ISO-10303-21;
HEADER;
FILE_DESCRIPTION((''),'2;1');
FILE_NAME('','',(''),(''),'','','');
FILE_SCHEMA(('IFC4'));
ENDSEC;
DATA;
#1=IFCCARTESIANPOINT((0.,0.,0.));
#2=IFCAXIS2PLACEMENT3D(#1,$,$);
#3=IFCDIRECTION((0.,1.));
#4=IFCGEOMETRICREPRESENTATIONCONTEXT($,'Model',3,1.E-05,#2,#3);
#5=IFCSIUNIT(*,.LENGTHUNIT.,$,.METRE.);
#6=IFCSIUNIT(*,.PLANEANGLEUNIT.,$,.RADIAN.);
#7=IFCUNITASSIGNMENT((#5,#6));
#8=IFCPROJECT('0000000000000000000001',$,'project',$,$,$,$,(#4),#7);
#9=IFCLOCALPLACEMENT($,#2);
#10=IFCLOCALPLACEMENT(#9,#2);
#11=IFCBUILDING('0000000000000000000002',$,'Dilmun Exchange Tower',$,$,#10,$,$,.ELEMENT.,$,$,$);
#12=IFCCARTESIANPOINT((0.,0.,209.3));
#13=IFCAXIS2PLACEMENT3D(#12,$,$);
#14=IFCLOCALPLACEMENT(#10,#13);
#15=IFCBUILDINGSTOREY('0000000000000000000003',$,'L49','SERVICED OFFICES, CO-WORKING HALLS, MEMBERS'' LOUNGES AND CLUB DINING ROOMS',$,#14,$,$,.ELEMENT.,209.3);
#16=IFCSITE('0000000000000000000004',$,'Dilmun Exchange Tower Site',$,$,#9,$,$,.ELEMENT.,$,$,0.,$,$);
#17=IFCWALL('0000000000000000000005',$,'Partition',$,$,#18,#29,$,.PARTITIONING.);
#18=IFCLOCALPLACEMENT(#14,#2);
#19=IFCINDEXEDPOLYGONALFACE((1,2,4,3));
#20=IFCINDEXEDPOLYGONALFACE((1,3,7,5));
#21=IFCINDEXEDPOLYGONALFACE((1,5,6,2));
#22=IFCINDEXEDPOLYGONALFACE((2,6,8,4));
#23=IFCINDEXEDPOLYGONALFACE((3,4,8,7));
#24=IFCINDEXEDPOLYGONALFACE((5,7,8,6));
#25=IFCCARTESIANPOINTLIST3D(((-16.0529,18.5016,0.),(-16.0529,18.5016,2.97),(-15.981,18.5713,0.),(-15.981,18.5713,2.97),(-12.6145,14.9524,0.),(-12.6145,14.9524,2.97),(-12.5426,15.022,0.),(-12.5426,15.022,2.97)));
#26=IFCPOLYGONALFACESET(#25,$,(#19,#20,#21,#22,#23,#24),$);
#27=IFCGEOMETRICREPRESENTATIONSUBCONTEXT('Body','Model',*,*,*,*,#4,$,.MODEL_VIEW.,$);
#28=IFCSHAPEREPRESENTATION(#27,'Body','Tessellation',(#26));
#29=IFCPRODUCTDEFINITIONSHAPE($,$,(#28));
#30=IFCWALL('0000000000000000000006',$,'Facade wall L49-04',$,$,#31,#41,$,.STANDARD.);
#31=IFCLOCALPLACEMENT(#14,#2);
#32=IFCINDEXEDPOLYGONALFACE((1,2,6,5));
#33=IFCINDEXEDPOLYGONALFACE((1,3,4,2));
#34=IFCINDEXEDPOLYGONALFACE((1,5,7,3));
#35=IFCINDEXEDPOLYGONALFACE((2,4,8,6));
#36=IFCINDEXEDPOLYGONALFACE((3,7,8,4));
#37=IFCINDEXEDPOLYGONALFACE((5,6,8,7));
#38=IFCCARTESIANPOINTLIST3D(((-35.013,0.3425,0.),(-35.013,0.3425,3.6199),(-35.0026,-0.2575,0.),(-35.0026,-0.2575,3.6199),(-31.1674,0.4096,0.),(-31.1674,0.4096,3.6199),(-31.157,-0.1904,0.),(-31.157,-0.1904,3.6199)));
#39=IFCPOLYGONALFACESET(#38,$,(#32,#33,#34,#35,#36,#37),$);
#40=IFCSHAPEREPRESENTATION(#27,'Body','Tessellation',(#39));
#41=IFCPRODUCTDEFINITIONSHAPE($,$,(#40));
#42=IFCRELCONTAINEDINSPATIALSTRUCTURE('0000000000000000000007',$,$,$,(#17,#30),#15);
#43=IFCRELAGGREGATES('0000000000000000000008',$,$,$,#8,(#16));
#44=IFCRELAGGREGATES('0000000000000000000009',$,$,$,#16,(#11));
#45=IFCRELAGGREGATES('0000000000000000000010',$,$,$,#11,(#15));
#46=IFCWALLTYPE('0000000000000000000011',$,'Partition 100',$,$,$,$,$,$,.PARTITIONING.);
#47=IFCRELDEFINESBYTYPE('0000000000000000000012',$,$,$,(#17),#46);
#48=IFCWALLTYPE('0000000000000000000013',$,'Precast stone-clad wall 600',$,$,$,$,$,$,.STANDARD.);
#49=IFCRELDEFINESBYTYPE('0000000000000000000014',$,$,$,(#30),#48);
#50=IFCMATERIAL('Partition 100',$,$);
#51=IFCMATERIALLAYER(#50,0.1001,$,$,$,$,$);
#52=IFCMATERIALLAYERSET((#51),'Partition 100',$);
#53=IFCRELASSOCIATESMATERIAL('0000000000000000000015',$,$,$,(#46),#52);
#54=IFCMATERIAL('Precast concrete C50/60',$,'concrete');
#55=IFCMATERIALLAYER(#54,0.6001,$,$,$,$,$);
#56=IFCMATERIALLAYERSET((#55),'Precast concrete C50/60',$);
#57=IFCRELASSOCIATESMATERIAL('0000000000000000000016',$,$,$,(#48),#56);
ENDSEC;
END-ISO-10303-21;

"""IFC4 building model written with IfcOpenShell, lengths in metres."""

from ifc_helpers import new_model, si_unit, direction, frame, frame_2d, origin, place, context, subcontext, project, spatial, rectangle, extrude, material, layer, layer_set, type_object, element, save


model = new_model("IFC4")

# Units and contexts
model_context = context("Model", 3, precision=1e-05, world=origin(), true_north=direction((0.0, 1.0)))
body_context = subcontext(model_context, "Body", "Model", "MODEL_VIEW")
ifc_project = project(units=[si_unit("LENGTHUNIT", "METRE"), si_unit("PLANEANGLEUNIT", "RADIAN")], contexts=[model_context])

# Site, building, storey
site_placement = place(None, origin())
site = spatial("IfcSite", under=ifc_project, at=site_placement, Name="Dilmun Exchange Tower Site", CompositionType="ELEMENT", RefElevation=0.0)
building_placement = place(site_placement, origin())
building = spatial("IfcBuilding", under=site, at=building_placement, Name="Dilmun Exchange Tower", CompositionType="ELEMENT")
storey_placement = place(building_placement, frame((0.0, 0.0, 209.3)))
storey = spatial("IfcBuildingStorey", under=building, at=storey_placement, Name="L49", Description="SERVICED OFFICES, CO-WORKING HALLS, MEMBERS' LOUNGES AND CLUB DINING ROOMS", CompositionType="ELEMENT", Elevation=209.3)

# Walls
ifc_material_1 = material(Name="Partition 100")
ifc_layer_1 = layer(ifc_material_1, 0.1001)
ifc_layer_set_1 = layer_set([ifc_layer_1], Name="Partition 100")
wall_type_1 = type_object("IfcWallType", Name="Partition 100", PredefinedType="PARTITIONING", material=ifc_layer_set_1)
wall_1_placement = place(storey_placement, frame((-16.0168, 18.5364, 0.0), z_axis=(0.0, 0.0, 1.0), x_axis=(0.695803, -0.718233, 0.0)))
element("IfcWall", 1, at=wall_1_placement, inside=storey, type_object=wall_type_1, Name="Partition", PredefinedType="PARTITIONING", context=body_context, shape_type="SweptSolid", body=[
    extrude(rectangle(XDim=4.9417, YDim=0.1001, at=frame_2d((2.4707, 0.0))), origin(), (0.0, 0.0, 1.0), 2.97),
])
ifc_material_2 = material(Name="Precast concrete C50/60", Category="concrete")
ifc_layer_2 = layer(ifc_material_2, 0.6001)
ifc_layer_set_2 = layer_set([ifc_layer_2], Name="Precast concrete C50/60")
wall_type_2 = type_object("IfcWallType", Name="Precast stone-clad wall 600", PredefinedType="STANDARD", material=ifc_layer_set_2)
wall_2_placement = place(storey_placement, frame((-35.0078, 0.0425, 0.0), z_axis=(0.0, 0.0, 1.0), x_axis=(0.999848, 0.017455, 0.0)))
element("IfcWall", 2, at=wall_2_placement, inside=storey, type_object=wall_type_2, Name="Facade wall L49-04", PredefinedType="STANDARD", context=body_context, shape_type="SweptSolid", body=[
    extrude(rectangle(XDim=3.8462, YDim=0.6001, at=frame_2d((1.9231, 0.0))), origin(), (0.0, 0.0, 1.0), 3.6199),
])

save(model, "model.ifc")
